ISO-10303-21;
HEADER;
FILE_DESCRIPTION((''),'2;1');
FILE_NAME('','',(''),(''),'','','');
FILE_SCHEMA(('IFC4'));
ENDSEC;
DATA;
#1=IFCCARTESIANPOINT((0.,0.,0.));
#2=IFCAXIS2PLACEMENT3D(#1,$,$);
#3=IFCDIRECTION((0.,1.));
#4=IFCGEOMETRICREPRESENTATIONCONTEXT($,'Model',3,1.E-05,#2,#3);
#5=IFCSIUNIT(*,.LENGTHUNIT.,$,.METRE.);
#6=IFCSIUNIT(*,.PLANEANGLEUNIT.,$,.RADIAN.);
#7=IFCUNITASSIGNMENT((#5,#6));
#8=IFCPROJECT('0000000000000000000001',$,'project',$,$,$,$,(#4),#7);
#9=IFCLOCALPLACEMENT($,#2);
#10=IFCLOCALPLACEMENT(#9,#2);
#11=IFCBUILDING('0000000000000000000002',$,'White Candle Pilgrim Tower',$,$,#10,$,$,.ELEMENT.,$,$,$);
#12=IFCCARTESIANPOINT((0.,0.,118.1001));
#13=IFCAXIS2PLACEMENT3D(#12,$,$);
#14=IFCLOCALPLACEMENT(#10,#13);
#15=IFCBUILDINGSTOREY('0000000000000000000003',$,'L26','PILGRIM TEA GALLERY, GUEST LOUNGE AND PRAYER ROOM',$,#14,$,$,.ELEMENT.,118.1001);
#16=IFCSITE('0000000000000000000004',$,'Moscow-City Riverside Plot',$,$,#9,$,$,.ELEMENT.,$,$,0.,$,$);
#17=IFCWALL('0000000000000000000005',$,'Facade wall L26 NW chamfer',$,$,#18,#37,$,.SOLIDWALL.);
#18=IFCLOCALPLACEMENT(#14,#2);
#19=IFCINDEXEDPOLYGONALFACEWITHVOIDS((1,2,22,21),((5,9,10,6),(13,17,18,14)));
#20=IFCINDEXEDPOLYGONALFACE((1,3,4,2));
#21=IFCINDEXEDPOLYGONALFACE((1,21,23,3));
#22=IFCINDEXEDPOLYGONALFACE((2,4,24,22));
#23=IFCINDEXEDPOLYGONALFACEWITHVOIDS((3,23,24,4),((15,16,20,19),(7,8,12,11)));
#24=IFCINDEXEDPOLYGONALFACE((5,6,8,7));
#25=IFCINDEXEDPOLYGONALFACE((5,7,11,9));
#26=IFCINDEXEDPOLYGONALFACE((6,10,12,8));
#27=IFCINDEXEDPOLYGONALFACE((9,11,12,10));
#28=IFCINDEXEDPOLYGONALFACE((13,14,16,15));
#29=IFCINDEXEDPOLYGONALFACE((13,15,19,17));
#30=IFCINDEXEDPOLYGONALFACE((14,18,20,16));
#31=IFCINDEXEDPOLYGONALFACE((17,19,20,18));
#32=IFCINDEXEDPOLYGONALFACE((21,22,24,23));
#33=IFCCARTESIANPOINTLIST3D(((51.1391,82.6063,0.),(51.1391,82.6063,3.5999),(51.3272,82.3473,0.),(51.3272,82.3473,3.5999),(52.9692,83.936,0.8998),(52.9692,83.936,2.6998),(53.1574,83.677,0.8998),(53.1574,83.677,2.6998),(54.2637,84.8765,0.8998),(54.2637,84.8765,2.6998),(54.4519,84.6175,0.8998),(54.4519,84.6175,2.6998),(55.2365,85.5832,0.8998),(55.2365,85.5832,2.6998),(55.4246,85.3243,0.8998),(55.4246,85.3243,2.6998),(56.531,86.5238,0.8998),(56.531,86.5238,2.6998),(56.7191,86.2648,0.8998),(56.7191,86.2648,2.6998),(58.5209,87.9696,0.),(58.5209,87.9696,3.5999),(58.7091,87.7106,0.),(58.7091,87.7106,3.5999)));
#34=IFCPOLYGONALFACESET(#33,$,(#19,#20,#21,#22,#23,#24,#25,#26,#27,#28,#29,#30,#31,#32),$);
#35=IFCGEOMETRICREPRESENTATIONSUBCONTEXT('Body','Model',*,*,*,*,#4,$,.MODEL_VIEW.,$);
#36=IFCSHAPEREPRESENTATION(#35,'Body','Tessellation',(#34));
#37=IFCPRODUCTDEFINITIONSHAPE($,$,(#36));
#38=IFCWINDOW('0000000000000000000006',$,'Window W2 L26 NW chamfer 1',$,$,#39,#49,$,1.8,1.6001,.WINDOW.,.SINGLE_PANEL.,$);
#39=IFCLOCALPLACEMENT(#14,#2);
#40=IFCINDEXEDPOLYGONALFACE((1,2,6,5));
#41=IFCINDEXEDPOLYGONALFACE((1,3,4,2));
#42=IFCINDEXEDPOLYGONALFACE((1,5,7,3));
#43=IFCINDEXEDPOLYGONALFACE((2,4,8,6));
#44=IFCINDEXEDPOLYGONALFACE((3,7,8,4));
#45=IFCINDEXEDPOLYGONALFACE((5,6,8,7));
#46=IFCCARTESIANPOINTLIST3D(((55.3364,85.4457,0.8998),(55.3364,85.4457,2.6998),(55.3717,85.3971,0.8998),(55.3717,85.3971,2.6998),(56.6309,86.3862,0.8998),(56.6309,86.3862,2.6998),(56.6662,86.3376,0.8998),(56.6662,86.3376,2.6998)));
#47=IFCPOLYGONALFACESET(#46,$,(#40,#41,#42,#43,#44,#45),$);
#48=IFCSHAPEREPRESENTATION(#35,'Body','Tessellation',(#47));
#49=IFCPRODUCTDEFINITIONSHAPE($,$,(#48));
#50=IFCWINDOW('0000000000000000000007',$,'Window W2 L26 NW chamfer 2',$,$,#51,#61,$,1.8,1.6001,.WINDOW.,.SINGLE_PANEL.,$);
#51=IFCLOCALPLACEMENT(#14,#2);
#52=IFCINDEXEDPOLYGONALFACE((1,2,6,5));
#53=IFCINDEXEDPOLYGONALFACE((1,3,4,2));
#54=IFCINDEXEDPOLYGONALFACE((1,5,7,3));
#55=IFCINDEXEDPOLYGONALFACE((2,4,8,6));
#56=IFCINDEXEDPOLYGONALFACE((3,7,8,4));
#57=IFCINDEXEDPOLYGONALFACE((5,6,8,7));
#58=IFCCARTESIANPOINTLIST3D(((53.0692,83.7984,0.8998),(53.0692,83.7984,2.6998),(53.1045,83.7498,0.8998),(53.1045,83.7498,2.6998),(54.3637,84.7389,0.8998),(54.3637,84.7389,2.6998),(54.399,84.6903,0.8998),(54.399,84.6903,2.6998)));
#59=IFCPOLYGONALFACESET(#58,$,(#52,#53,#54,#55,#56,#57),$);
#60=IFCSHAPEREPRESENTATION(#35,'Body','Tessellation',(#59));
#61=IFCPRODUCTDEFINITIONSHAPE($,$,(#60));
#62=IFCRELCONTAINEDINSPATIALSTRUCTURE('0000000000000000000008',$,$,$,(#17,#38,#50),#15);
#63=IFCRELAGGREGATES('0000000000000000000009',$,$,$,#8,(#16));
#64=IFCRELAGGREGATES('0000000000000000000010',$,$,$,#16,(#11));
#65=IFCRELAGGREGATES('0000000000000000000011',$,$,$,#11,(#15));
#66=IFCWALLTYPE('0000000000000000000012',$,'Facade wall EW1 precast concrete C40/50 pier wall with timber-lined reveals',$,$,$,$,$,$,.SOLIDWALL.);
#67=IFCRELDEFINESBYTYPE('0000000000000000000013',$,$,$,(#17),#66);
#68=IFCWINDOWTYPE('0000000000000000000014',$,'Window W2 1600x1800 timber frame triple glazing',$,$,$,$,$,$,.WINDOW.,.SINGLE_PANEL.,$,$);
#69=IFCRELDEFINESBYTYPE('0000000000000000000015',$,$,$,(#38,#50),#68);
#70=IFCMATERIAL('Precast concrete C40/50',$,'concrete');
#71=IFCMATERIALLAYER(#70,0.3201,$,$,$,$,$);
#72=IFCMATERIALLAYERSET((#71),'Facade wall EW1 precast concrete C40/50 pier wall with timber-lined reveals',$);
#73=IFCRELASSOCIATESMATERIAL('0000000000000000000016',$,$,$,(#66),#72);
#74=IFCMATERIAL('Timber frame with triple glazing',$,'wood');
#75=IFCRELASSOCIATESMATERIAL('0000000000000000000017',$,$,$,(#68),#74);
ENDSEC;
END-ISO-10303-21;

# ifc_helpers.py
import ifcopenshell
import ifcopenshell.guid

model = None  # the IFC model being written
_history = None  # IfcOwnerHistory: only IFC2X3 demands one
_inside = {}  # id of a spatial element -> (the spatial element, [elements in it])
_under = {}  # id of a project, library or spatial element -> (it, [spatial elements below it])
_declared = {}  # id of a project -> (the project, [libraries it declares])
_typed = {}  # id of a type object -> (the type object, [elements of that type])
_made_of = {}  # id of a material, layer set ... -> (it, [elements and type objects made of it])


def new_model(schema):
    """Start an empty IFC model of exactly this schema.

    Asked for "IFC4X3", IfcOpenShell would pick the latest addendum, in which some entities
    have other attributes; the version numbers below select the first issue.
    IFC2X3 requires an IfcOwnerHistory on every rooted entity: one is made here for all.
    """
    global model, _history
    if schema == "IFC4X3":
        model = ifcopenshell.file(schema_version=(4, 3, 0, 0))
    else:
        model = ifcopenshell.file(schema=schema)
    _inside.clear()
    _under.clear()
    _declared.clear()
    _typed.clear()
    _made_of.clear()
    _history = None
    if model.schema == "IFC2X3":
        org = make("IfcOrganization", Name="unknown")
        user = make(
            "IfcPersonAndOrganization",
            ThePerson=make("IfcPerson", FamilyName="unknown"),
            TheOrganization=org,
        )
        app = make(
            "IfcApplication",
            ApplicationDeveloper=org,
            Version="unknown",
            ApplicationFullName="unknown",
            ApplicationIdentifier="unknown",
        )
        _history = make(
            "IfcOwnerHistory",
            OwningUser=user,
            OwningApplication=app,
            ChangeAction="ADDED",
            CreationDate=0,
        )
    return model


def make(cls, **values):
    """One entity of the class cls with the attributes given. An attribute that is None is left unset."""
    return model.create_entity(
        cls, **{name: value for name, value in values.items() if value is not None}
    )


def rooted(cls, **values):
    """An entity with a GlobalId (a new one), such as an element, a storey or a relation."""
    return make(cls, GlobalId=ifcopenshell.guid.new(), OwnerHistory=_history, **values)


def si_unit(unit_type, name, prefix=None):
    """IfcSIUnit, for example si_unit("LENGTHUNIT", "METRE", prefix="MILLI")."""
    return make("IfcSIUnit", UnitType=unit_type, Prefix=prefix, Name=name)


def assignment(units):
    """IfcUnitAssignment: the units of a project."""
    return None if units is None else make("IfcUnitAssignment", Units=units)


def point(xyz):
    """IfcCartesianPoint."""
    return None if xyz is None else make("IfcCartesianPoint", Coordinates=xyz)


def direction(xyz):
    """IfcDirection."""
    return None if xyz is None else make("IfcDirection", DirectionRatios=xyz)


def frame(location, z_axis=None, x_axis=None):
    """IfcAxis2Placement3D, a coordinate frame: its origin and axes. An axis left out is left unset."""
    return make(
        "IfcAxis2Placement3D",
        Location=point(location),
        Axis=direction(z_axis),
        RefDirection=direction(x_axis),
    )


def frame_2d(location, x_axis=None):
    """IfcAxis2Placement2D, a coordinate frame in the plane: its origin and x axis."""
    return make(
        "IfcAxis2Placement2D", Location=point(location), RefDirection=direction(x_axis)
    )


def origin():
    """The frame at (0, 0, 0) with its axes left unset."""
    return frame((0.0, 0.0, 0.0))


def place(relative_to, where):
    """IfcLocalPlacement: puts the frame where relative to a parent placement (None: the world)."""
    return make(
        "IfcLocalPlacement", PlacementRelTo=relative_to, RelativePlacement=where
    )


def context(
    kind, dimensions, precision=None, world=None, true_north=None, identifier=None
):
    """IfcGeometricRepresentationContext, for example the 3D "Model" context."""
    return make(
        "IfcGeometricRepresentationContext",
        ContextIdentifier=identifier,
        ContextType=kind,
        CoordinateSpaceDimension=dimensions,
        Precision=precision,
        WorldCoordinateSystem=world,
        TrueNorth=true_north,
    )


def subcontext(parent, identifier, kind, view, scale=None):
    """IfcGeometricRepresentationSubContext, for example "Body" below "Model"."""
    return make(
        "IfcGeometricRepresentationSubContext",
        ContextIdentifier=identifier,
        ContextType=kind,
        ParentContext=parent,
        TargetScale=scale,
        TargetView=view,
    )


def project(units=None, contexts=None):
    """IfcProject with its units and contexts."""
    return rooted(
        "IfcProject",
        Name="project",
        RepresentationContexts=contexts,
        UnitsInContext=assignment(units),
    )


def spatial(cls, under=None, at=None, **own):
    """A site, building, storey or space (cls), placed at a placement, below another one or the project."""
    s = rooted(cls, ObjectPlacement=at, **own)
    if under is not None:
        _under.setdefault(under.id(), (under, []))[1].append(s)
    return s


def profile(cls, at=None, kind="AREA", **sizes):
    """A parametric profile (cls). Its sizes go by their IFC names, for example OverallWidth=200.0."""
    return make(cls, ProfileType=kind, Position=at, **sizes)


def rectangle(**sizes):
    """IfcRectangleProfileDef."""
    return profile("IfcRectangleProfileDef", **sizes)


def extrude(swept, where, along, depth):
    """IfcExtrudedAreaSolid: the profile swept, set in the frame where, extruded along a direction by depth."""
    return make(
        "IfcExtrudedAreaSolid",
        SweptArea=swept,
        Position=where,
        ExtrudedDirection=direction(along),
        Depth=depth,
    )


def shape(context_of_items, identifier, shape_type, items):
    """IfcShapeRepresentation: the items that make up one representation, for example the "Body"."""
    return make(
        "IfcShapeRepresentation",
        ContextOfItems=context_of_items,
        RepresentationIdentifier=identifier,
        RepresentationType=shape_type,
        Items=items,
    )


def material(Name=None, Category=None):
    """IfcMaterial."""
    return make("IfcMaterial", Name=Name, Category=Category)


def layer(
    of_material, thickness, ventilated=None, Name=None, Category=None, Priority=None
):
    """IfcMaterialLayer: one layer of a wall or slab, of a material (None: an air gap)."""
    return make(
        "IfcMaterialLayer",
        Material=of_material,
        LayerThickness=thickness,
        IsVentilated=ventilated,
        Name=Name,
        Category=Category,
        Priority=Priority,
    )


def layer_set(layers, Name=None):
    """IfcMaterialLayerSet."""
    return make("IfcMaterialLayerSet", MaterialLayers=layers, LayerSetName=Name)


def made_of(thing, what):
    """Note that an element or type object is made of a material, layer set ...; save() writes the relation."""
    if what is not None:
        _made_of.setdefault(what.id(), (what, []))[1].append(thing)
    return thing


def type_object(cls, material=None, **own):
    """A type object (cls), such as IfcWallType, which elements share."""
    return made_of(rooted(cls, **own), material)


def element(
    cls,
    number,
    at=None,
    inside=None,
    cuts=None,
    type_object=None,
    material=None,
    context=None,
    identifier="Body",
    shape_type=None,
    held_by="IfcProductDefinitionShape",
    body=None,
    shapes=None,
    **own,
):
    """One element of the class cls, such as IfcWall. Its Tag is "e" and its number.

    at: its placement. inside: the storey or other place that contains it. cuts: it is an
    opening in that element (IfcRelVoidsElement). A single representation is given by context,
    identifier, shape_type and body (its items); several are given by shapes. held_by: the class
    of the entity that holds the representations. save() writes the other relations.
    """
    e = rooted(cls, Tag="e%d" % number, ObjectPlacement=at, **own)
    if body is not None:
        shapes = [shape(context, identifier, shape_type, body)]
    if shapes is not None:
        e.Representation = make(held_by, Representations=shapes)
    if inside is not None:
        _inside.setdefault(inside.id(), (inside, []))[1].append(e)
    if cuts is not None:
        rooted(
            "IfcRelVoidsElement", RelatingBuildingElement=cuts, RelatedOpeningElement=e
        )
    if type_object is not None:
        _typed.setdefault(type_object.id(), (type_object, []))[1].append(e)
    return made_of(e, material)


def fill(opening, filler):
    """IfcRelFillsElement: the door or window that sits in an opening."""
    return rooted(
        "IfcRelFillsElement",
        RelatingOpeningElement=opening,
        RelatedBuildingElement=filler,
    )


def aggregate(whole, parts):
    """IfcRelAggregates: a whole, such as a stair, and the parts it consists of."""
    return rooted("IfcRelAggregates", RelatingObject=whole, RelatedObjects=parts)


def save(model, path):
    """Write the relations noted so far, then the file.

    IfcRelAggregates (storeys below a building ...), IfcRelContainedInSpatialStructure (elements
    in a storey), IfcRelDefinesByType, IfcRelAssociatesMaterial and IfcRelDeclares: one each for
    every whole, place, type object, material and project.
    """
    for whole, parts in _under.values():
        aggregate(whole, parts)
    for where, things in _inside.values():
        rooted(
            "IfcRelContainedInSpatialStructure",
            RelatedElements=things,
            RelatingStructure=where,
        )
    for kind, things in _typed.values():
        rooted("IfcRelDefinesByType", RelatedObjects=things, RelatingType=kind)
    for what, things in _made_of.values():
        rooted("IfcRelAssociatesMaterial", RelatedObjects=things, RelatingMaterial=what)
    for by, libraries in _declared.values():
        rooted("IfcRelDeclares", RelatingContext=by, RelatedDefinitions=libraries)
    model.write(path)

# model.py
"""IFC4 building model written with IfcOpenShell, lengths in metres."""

from ifc_helpers import new_model, si_unit, direction, frame, frame_2d, origin, place, context, subcontext, project, spatial, rectangle, extrude, material, layer, layer_set, type_object, element, fill, save


model = new_model("IFC4")

# Units and contexts
model_context = context("Model", 3, precision=1e-05, world=origin(), true_north=direction((0.0, 1.0)))
body_context = subcontext(model_context, "Body", "Model", "MODEL_VIEW")
ifc_project = project(units=[si_unit("LENGTHUNIT", "METRE"), si_unit("PLANEANGLEUNIT", "RADIAN")], contexts=[model_context])

# Site, building, storey
site_placement = place(None, origin())
site = spatial("IfcSite", under=ifc_project, at=site_placement, Name="Moscow-City Riverside Plot", CompositionType="ELEMENT", RefElevation=0.0)
building_placement = place(site_placement, origin())
building = spatial("IfcBuilding", under=site, at=building_placement, Name="White Candle Pilgrim Tower", CompositionType="ELEMENT")
storey_placement = place(building_placement, frame((0.0, 0.0, 118.1001)))
storey = spatial("IfcBuildingStorey", under=building, at=storey_placement, Name="L26", Description="PILGRIM TEA GALLERY, GUEST LOUNGE AND PRAYER ROOM", CompositionType="ELEMENT", Elevation=118.1001)

# Wall, openings, windows
ifc_material_1 = material(Name="Precast concrete C40/50", Category="concrete")
ifc_layer_1 = layer(ifc_material_1, 0.3201)
ifc_layer_set_1 = layer_set([ifc_layer_1], Name="Facade wall EW1 precast concrete C40/50 pier wall with timber-lined reveals")
wall_type_1 = type_object("IfcWallType", Name="Facade wall EW1 precast concrete C40/50 pier wall with timber-lined reveals", PredefinedType="SOLIDWALL", material=ifc_layer_set_1)
wall_1_placement = place(storey_placement, frame((58.615, 87.8401, 0.0), z_axis=(0.0, 0.0, 1.0), x_axis=(-0.809014, -0.58779, 0.0)))
wall_1 = element("IfcWall", 1, at=wall_1_placement, inside=storey, type_object=wall_type_1, Name="Facade wall L26 NW chamfer", PredefinedType="SOLIDWALL", context=body_context, shape_type="SweptSolid", body=[
    extrude(rectangle(XDim=9.1245, YDim=0.3201, at=frame_2d((4.5623, 0.0))), origin(), (0.0, 0.0, 1.0), 3.5999),
])
opening_1_placement = place(wall_1_placement, frame((2.4597, 0.0, 0.8999)))
opening_1 = element("IfcOpeningElement", 2, at=opening_1_placement, cuts=wall_1, PredefinedType="OPENING", context=body_context, shape_type="SweptSolid", body=[
    extrude(rectangle(XDim=1.6001, YDim=1.8, at=frame_2d((0.8, 0.8999))), frame((0.0, 0.1699, 0.0), z_axis=(0.0, -1.0, 0.0), x_axis=(1.0, 0.0, 0.0)), (0.0, 0.0, 1.0), 0.3401),
])
opening_2_placement = place(wall_1_placement, frame((5.2622, 0.0, 0.8999)))
opening_2 = element("IfcOpeningElement", 3, at=opening_2_placement, cuts=wall_1, PredefinedType="OPENING", context=body_context, shape_type="SweptSolid", body=[
    extrude(rectangle(XDim=1.6001, YDim=1.8, at=frame_2d((0.8, 0.8999))), frame((0.0, 0.1699, 0.0), z_axis=(0.0, -1.0, 0.0), x_axis=(1.0, 0.0, 0.0)), (0.0, 0.0, 1.0), 0.3401),
])
ifc_material_2 = material(Name="Timber frame with triple glazing", Category="wood")
window_type_1 = type_object("IfcWindowType", Name="Window W2 1600x1800 timber frame triple glazing", PartitioningType="SINGLE_PANEL", PredefinedType="WINDOW", material=ifc_material_2)
window_1_placement = place(opening_1_placement, origin())
window_1 = element("IfcWindow", 4, at=window_1_placement, inside=storey, type_object=window_type_1, Name="Window W2 L26 NW chamfer 1", OverallHeight=1.8, OverallWidth=1.6001, PartitioningType="SINGLE_PANEL", PredefinedType="WINDOW", context=body_context, shape_type="SweptSolid", body=[
    extrude(rectangle(XDim=1.6001, YDim=1.8, at=frame_2d((0.8, 0.8999))), frame((0.0, 0.0701, 0.0), z_axis=(0.0, -1.0, 0.0), x_axis=(1.0, 0.0, 0.0)), (0.0, 0.0, 1.0), 0.0601),
])
fill(opening_1, window_1)
window_2_placement = place(opening_2_placement, origin())
window_2 = element("IfcWindow", 5, at=window_2_placement, inside=storey, type_object=window_type_1, Name="Window W2 L26 NW chamfer 2", OverallHeight=1.8, OverallWidth=1.6001, PartitioningType="SINGLE_PANEL", PredefinedType="WINDOW", context=body_context, shape_type="SweptSolid", body=[
    extrude(rectangle(XDim=1.6001, YDim=1.8, at=frame_2d((0.8, 0.8999))), frame((0.0, 0.0701, 0.0), z_axis=(0.0, -1.0, 0.0), x_axis=(1.0, 0.0, 0.0)), (0.0, 0.0, 1.0), 0.0601),
])
fill(opening_2, window_2)

save(model, "model.ifc")
